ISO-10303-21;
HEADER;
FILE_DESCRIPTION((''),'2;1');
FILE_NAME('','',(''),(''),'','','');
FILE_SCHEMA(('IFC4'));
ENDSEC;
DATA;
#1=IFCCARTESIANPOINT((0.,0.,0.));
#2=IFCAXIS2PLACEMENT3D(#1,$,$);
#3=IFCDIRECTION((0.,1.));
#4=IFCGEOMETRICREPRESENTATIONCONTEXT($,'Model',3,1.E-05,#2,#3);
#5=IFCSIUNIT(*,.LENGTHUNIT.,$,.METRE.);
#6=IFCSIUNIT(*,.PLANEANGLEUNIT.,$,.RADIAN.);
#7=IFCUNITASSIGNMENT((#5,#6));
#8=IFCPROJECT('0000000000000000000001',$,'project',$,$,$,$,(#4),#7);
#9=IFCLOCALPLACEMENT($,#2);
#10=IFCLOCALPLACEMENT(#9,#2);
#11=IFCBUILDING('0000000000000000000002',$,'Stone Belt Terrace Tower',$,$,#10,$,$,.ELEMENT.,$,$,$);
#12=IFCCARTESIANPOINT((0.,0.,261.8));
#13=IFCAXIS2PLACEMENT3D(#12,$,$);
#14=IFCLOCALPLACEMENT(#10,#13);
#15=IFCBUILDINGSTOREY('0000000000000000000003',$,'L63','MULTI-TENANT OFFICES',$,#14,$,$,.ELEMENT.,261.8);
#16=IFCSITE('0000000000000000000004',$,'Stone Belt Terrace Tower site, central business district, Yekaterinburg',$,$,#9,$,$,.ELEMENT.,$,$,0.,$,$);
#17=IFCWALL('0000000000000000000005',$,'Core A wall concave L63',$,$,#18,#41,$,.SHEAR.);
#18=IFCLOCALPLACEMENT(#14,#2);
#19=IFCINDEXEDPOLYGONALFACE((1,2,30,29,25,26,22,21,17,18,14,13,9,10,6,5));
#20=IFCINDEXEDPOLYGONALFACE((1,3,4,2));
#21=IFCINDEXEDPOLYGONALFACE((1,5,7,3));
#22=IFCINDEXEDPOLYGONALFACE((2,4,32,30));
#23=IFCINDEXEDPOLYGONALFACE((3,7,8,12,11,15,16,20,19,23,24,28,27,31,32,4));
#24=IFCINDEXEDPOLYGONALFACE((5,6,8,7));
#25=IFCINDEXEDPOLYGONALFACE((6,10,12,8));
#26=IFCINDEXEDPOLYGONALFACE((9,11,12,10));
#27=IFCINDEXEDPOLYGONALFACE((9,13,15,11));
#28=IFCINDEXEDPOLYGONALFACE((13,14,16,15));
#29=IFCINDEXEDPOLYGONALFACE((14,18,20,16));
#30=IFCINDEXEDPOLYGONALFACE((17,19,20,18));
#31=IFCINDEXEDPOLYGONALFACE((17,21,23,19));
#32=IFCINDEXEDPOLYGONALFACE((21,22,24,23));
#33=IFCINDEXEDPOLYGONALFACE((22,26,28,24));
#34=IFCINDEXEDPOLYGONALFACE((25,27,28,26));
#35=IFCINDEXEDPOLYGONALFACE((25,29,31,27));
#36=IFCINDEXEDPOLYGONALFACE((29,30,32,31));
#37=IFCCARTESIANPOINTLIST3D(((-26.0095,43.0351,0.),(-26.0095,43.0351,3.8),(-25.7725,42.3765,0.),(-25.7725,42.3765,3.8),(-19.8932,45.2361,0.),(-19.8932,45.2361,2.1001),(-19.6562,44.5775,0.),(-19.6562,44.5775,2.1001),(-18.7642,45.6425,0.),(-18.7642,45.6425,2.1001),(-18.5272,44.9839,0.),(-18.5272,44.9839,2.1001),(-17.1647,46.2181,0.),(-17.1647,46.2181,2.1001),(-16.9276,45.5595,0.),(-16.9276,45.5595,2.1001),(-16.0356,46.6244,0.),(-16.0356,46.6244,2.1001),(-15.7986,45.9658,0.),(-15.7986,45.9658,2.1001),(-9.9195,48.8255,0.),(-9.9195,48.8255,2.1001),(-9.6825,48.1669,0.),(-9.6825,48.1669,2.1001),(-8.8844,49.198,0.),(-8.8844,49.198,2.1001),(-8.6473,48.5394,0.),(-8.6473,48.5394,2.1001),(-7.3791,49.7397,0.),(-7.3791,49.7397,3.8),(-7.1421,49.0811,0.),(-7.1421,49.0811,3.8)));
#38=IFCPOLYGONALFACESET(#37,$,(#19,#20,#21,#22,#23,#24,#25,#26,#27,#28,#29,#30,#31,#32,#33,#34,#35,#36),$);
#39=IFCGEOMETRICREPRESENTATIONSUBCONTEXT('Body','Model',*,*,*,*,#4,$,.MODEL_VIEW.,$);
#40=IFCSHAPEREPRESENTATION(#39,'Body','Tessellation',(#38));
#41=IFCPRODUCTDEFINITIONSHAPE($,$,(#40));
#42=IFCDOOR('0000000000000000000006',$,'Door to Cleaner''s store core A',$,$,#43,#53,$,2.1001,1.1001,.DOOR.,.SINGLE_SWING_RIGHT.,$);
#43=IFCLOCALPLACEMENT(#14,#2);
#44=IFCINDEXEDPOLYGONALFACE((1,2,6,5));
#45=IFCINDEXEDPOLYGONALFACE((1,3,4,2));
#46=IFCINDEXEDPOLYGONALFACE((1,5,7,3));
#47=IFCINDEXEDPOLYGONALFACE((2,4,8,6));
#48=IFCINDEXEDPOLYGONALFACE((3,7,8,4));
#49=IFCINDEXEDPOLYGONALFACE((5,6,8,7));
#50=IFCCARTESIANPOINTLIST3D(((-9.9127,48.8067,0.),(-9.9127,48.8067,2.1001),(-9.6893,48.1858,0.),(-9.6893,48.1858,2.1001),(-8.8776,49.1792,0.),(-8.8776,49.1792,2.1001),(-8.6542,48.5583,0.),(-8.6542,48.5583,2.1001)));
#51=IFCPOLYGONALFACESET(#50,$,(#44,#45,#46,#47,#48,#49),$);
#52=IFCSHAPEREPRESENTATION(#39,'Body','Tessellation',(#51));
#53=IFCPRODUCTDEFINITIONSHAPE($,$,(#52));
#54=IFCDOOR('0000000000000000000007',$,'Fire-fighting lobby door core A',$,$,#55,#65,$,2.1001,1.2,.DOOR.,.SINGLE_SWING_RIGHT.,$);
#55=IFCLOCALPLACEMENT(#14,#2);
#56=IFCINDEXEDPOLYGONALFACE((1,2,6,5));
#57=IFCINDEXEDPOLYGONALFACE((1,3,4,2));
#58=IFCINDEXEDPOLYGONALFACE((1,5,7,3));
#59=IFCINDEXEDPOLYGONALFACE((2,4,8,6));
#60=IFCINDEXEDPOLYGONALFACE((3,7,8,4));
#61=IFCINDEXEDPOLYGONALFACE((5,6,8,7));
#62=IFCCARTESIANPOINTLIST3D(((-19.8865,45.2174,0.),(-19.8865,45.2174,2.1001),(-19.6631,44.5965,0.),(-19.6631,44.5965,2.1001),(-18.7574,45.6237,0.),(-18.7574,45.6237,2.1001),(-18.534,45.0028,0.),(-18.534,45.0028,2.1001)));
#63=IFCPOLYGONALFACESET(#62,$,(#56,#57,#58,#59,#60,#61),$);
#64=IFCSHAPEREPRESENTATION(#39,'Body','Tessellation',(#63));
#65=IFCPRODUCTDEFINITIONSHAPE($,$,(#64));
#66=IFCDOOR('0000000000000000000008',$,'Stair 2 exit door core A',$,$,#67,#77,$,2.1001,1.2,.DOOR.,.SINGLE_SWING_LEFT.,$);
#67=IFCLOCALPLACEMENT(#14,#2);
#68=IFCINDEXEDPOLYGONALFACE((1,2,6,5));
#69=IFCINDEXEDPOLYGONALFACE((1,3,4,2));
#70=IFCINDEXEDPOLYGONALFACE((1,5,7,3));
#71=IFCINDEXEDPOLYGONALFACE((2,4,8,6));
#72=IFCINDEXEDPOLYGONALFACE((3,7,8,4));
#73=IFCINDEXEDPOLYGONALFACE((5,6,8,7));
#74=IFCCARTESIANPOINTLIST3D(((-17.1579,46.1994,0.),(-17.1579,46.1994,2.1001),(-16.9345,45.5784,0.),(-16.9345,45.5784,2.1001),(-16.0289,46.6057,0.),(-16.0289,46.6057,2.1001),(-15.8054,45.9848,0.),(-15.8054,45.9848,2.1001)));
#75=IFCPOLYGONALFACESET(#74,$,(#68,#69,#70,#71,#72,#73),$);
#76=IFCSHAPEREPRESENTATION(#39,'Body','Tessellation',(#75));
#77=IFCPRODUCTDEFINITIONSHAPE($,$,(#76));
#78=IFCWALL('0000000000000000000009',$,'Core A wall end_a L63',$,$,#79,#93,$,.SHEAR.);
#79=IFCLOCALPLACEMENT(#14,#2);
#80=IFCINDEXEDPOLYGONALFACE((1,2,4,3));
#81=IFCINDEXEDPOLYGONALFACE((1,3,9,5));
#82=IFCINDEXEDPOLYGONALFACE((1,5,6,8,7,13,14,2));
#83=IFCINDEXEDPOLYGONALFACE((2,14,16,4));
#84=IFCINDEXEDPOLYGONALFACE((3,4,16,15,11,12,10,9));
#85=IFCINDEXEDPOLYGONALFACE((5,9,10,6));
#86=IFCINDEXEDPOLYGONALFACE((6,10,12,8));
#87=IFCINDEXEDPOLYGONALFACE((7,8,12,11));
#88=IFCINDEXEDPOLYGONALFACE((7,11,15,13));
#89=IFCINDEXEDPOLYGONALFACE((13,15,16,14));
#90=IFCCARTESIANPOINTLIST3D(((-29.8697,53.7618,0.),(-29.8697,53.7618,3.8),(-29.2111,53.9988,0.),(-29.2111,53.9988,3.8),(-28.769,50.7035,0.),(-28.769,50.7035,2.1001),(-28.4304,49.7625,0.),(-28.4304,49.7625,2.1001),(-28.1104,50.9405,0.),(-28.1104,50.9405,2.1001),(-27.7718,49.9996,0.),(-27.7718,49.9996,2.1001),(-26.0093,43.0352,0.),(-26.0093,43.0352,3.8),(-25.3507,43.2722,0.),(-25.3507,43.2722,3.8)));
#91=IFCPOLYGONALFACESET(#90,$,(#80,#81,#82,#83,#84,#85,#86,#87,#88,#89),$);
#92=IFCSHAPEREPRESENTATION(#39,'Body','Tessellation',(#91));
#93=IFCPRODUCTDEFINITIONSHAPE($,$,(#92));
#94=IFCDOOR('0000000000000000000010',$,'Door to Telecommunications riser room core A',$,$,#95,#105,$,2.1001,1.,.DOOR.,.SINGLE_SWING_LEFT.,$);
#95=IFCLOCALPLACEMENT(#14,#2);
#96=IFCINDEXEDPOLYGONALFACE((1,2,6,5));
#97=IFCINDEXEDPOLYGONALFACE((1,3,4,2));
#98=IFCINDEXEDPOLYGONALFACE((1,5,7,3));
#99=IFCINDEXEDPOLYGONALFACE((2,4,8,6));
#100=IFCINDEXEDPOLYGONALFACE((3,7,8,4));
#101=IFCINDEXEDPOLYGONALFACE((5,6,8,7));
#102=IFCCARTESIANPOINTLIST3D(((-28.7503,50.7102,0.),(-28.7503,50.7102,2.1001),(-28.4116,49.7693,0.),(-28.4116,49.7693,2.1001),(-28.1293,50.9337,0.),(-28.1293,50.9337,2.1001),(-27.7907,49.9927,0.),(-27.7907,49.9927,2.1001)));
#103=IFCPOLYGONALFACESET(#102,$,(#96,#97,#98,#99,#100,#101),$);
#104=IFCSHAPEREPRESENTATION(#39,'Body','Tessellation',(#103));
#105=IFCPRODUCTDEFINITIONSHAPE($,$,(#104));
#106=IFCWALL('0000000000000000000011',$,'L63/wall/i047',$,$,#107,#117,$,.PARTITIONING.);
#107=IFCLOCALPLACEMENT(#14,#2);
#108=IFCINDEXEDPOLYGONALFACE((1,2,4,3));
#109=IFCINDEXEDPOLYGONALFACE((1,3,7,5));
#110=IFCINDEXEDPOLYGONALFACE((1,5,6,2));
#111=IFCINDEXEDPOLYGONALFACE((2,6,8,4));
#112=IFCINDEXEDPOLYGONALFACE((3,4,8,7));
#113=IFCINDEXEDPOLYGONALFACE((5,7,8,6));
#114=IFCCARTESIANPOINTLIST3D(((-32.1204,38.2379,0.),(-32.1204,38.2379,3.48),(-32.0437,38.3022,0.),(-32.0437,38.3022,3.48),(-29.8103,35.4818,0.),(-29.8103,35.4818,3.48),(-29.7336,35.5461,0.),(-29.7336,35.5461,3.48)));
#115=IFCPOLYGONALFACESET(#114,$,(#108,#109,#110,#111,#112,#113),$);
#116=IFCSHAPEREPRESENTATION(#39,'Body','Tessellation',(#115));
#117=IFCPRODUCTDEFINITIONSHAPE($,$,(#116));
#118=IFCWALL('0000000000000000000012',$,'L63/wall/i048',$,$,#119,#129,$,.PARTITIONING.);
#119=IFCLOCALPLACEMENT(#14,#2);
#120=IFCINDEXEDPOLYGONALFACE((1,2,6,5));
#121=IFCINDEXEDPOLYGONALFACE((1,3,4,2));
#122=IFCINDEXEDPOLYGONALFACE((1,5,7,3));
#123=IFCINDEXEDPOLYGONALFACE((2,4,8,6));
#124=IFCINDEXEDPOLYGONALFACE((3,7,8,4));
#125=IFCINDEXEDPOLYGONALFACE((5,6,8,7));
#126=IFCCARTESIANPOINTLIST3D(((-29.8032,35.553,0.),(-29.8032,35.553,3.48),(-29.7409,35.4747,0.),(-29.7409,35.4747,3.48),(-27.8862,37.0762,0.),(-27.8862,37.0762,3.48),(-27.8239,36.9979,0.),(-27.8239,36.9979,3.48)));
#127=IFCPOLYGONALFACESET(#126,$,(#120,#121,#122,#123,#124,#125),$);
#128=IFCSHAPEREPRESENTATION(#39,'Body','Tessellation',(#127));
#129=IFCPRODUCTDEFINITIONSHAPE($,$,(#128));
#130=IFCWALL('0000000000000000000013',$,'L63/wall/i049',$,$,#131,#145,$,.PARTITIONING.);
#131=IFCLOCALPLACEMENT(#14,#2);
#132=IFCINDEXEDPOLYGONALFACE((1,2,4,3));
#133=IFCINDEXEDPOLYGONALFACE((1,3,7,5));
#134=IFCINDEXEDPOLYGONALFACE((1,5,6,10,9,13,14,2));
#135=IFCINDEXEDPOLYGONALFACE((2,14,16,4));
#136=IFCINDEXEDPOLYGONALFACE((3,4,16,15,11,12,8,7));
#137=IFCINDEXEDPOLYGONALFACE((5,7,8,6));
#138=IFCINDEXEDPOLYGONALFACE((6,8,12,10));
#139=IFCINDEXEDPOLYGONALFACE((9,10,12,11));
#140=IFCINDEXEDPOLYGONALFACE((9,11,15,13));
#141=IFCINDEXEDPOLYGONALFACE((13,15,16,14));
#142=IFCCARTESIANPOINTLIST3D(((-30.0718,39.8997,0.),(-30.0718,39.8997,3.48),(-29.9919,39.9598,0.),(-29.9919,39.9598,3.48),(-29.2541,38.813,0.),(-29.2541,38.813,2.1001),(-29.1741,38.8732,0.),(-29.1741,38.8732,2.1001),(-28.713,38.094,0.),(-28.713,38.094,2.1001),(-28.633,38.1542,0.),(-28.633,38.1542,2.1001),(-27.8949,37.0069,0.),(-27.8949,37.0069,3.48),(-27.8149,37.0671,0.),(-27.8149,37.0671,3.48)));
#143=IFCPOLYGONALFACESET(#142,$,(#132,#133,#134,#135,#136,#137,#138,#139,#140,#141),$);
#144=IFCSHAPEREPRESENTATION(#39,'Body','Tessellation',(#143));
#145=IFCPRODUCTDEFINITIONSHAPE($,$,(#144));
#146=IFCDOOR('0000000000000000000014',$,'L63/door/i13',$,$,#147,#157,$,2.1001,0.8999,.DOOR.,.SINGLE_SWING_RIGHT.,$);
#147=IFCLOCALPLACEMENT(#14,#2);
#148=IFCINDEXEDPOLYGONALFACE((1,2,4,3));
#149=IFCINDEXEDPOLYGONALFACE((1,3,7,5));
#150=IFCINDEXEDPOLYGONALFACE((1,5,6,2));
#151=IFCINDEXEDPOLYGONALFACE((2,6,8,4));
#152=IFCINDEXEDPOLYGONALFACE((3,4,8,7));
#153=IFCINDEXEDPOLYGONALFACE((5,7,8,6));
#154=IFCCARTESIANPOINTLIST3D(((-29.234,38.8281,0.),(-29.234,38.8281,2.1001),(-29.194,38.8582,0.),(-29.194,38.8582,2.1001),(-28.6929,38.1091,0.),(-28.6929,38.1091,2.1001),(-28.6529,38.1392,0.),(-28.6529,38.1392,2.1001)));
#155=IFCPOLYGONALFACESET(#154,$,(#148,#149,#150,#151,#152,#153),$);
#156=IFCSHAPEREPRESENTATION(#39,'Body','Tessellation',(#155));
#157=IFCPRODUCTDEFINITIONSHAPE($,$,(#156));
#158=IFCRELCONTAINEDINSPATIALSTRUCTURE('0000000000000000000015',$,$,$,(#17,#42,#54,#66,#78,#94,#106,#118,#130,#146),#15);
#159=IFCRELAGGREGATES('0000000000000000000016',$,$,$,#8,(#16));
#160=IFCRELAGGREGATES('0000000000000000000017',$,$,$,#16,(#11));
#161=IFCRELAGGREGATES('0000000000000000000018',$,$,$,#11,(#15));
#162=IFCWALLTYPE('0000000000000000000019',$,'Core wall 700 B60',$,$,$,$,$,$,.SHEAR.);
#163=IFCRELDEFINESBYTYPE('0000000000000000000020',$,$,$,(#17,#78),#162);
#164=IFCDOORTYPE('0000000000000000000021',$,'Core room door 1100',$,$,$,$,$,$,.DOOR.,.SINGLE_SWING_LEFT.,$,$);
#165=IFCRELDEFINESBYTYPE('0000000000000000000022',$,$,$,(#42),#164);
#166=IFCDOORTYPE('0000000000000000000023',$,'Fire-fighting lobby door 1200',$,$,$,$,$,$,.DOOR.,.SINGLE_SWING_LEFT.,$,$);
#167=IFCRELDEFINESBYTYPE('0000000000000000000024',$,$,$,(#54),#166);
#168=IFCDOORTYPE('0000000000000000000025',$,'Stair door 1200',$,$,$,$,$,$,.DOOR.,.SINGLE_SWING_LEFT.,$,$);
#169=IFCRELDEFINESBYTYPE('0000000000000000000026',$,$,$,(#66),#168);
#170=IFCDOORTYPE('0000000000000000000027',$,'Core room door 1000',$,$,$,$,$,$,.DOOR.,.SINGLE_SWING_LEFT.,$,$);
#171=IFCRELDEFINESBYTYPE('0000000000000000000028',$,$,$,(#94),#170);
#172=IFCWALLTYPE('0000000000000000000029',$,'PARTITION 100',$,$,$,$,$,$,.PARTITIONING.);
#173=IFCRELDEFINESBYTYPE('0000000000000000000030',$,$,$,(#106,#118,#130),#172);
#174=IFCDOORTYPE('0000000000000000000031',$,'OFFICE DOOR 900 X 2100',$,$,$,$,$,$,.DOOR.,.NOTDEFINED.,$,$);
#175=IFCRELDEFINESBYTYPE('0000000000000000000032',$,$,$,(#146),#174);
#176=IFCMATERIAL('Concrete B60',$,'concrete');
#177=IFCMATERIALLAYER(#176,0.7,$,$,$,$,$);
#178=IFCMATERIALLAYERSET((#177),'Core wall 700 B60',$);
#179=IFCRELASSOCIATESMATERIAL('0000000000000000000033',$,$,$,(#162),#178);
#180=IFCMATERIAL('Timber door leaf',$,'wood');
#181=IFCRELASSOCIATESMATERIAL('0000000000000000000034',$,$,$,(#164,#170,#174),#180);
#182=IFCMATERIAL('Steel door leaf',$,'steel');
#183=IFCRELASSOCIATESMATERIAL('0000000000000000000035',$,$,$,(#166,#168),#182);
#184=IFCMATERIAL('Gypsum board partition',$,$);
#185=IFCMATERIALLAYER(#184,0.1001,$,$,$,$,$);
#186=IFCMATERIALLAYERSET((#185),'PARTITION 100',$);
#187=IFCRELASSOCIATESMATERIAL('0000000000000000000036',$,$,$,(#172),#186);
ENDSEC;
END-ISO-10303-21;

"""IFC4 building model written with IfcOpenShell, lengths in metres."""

from ifc_helpers import new_model, si_unit, direction, frame, frame_2d, origin, place, context, subcontext, project, spatial, rectangle, extrude, material, layer, layer_set, type_object, element, fill, save


model = new_model("IFC4")

# Units and contexts
model_context = context("Model", 3, precision=1e-05, world=origin(), true_north=direction((0.0, 1.0)))
body_context = subcontext(model_context, "Body", "Model", "MODEL_VIEW")
ifc_project = project(units=[si_unit("LENGTHUNIT", "METRE"), si_unit("PLANEANGLEUNIT", "RADIAN")], contexts=[model_context])

# Site, building, storey
site_placement = place(None, origin())
site = spatial("IfcSite", under=ifc_project, at=site_placement, Name="Stone Belt Terrace Tower site, central business district, Yekaterinburg", CompositionType="ELEMENT", RefElevation=0.0)
building_placement = place(site_placement, origin())
building = spatial("IfcBuilding", under=site, at=building_placement, Name="Stone Belt Terrace Tower", CompositionType="ELEMENT")
storey_placement = place(building_placement, frame((0.0, 0.0, 261.8)))
storey = spatial("IfcBuildingStorey", under=building, at=storey_placement, Name="L63", Description="MULTI-TENANT OFFICES", CompositionType="ELEMENT", Elevation=261.8)

# Shared definitions
ifc_material_1 = material(Name="Concrete B60", Category="concrete")

# Wall, openings, doors
ifc_layer_1 = layer(ifc_material_1, 0.7)
ifc_layer_set_1 = layer_set([ifc_layer_1], Name="Core wall 700 B60")
wall_type_1 = type_object("IfcWallType", Name="Core wall 700 B60", PredefinedType="SHEAR", material=ifc_layer_set_1)
wall_1_placement = place(storey_placement, frame((-25.8909, 42.7058, 0.0), z_axis=(0.0, 0.0, 1.0), x_axis=(0.940925, 0.338615, 0.0)))
wall_1 = element("IfcWall", 1, at=wall_1_placement, inside=storey, type_object=wall_type_1, Name="Core A wall concave L63", PredefinedType="SHEAR", context=body_context, shape_type="SweptSolid", body=[
    extrude(rectangle(XDim=19.8, YDim=0.7, at=frame_2d((9.8999, 0.0))), origin(), (0.0, 0.0, 1.0), 3.8),
])
opening_1_placement = place(wall_1_placement, frame((6.5, 0.0, 0.0)))
opening_1 = element("IfcOpeningElement", 2, at=opening_1_placement, cuts=wall_1, PredefinedType="OPENING", context=body_context, shape_type="SweptSolid", body=[
    extrude(rectangle(XDim=1.2, YDim=2.1001, at=frame_2d((0.6001, 1.05))), frame((0.0, 0.3599, 0.0), z_axis=(0.0, -1.0, 0.0), x_axis=(1.0, 0.0, 0.0)), (0.0, 0.0, 1.0), 0.72),
])
opening_2_placement = place(wall_1_placement, frame((9.3999, 0.0, 0.0)))
opening_2 = element("IfcOpeningElement", 3, at=opening_2_placement, cuts=wall_1, PredefinedType="OPENING", context=body_context, shape_type="SweptSolid", body=[
    extrude(rectangle(XDim=1.2, YDim=2.1001, at=frame_2d((0.6001, 1.05))), frame((0.0, 0.3599, 0.0), z_axis=(0.0, -1.0, 0.0), x_axis=(1.0, 0.0, 0.0)), (0.0, 0.0, 1.0), 0.72),
])
opening_3_placement = place(wall_1_placement, frame((17.1001, 0.0, 0.0)))
opening_3 = element("IfcOpeningElement", 4, at=opening_3_placement, cuts=wall_1, PredefinedType="OPENING", context=body_context, shape_type="SweptSolid", body=[
    extrude(rectangle(XDim=1.1001, YDim=2.1001, at=frame_2d((0.55, 1.05))), frame((0.0, 0.3599, 0.0), z_axis=(0.0, -1.0, 0.0), x_axis=(1.0, 0.0, 0.0)), (0.0, 0.0, 1.0), 0.72),
])
ifc_material_2 = material(Name="Timber door leaf", Category="wood")
door_type_1 = type_object("IfcDoorType", Name="Core room door 1100", OperationType="SINGLE_SWING_LEFT", PredefinedType="DOOR", material=ifc_material_2)
door_1_placement = place(opening_3_placement, origin())
door_1 = element("IfcDoor", 5, at=door_1_placement, inside=storey, type_object=door_type_1, Name="Door to Cleaner's store core A", OperationType="SINGLE_SWING_RIGHT", OverallHeight=2.1001, OverallWidth=1.1001, PredefinedType="DOOR", context=body_context, shape_type="SweptSolid", body=[
    extrude(rectangle(XDim=1.1001, YDim=2.1001, at=frame_2d((0.55, 1.05))), frame((0.0, 0.3301, 0.0), z_axis=(0.0, -1.0, 0.0), x_axis=(1.0, 0.0, 0.0)), (0.0, 0.0, 1.0), 0.6599),
])
fill(opening_3, door_1)
ifc_material_3 = material(Name="Steel door leaf", Category="steel")
door_type_2 = type_object("IfcDoorType", Name="Fire-fighting lobby door 1200", OperationType="SINGLE_SWING_LEFT", PredefinedType="DOOR", material=ifc_material_3)
door_2_placement = place(opening_1_placement, origin())
door_2 = element("IfcDoor", 6, at=door_2_placement, inside=storey, type_object=door_type_2, Name="Fire-fighting lobby door core A", OperationType="SINGLE_SWING_RIGHT", OverallHeight=2.1001, OverallWidth=1.2, PredefinedType="DOOR", context=body_context, shape_type="SweptSolid", body=[
    extrude(rectangle(XDim=1.2, YDim=2.1001, at=frame_2d((0.6001, 1.05))), frame((0.0, 0.3301, 0.0), z_axis=(0.0, -1.0, 0.0), x_axis=(1.0, 0.0, 0.0)), (0.0, 0.0, 1.0), 0.6599),
])
fill(opening_1, door_2)
door_type_3 = type_object("IfcDoorType", Name="Stair door 1200", OperationType="SINGLE_SWING_LEFT", PredefinedType="DOOR", material=ifc_material_3)
door_3_placement = place(opening_2_placement, origin())
door_3 = element("IfcDoor", 7, at=door_3_placement, inside=storey, type_object=door_type_3, Name="Stair 2 exit door core A", OperationType="SINGLE_SWING_LEFT", OverallHeight=2.1001, OverallWidth=1.2, PredefinedType="DOOR", context=body_context, shape_type="SweptSolid", body=[
    extrude(rectangle(XDim=1.2, YDim=2.1001, at=frame_2d((0.6001, 1.05))), frame((0.0, 0.3301, 0.0), z_axis=(0.0, -1.0, 0.0), x_axis=(1.0, 0.0, 0.0)), (0.0, 0.0, 1.0), 0.6599),
])
fill(opening_2, door_3)

# Wall, opening, door
wall_2_placement = place(storey_placement, frame((-25.6799, 43.1536, 0.0), z_axis=(0.0, 0.0, 1.0), x_axis=(-0.338625, 0.940921, 0.0)))
wall_2 = element("IfcWall", 8, at=wall_2_placement, inside=storey, type_object=wall_type_1, Name="Core A wall end_a L63", PredefinedType="SHEAR", context=body_context, shape_type="SweptSolid", body=[
    extrude(rectangle(XDim=11.4001, YDim=0.7, at=frame_2d((5.7002, 0.0))), origin(), (0.0, 0.0, 1.0), 3.8),
])
opening_4_placement = place(wall_2_placement, frame((7.1499, 0.0, 0.0)))
opening_4 = element("IfcOpeningElement", 9, at=opening_4_placement, cuts=wall_2, PredefinedType="OPENING", context=body_context, shape_type="SweptSolid", body=[
    extrude(rectangle(XDim=1.0, YDim=2.1001, at=frame_2d((0.5, 1.05))), frame((0.0, 0.3599, 0.0), z_axis=(0.0, -1.0, 0.0), x_axis=(1.0, 0.0, 0.0)), (0.0, 0.0, 1.0), 0.72),
])
door_type_4 = type_object("IfcDoorType", Name="Core room door 1000", OperationType="SINGLE_SWING_LEFT", PredefinedType="DOOR", material=ifc_material_2)
door_4_placement = place(opening_4_placement, origin())
door_4 = element("IfcDoor", 10, at=door_4_placement, inside=storey, type_object=door_type_4, Name="Door to Telecommunications riser room core A", OperationType="SINGLE_SWING_LEFT", OverallHeight=2.1001, OverallWidth=1.0, PredefinedType="DOOR", context=body_context, shape_type="SweptSolid", body=[
    extrude(rectangle(XDim=1.0, YDim=2.1001, at=frame_2d((0.5, 1.05))), frame((0.0, 0.3301, 0.0), z_axis=(0.0, -1.0, 0.0), x_axis=(1.0, 0.0, 0.0)), (0.0, 0.0, 1.0), 0.6599),
])
fill(opening_4, door_4)

# Walls
ifc_material_4 = material(Name="Gypsum board partition")
ifc_layer_2 = layer(ifc_material_4, 0.1001)
ifc_layer_set_2 = layer_set([ifc_layer_2], Name="PARTITION 100")
wall_type_2 = type_object("IfcWallType", Name="PARTITION 100", PredefinedType="PARTITIONING", material=ifc_layer_set_2)
wall_3_placement = place(storey_placement, frame((-32.082, 38.27, 0.0), z_axis=(0.0, 0.0, 1.0), x_axis=(0.642365, -0.766399, 0.0)))
element("IfcWall", 11, at=wall_3_placement, inside=storey, type_object=wall_type_2, Name="L63/wall/i047", PredefinedType="PARTITIONING", context=body_context, shape_type="SweptSolid", body=[
    extrude(rectangle(XDim=3.5962, YDim=0.1001, at=frame_2d((1.7981, 0.0))), origin(), (0.0, 0.0, 1.0), 3.48),
])
wall_4_placement = place(storey_placement, frame((-29.772, 35.5139, 0.0), z_axis=(0.0, 0.0, 1.0), x_axis=(0.782937, 0.622102, 0.0)))
element("IfcWall", 12, at=wall_4_placement, inside=storey, type_object=wall_type_2, Name="L63/wall/i048", PredefinedType="PARTITIONING", context=body_context, shape_type="SweptSolid", body=[
    extrude(rectangle(XDim=2.4485, YDim=0.1001, at=frame_2d((1.2241, 0.0))), origin(), (0.0, 0.0, 1.0), 3.48),
])

# Wall, opening, door
wall_5_placement = place(storey_placement, frame((-27.855, 37.0371, 0.0), z_axis=(0.0, 0.0, 1.0), x_axis=(-0.601305, 0.79902, 0.0)))
wall_5 = element("IfcWall", 13, at=wall_5_placement, inside=storey, type_object=wall_type_2, Name="L63/wall/i049", PredefinedType="PARTITIONING", context=body_context, shape_type="SweptSolid", body=[
    extrude(rectangle(XDim=3.6204, YDim=0.1001, at=frame_2d((1.8101, 0.0))), origin(), (0.0, 0.0, 1.0), 3.48),
])
opening_5_placement = place(wall_5_placement, frame((1.3604, 0.0, 0.0)))
opening_5 = element("IfcOpeningElement", 14, at=opening_5_placement, cuts=wall_5, PredefinedType="OPENING", context=body_context, shape_type="SweptSolid", body=[
    extrude(rectangle(XDim=0.8999, YDim=2.1001, at=frame_2d((0.45, 1.05))), frame((0.0, 0.0601, 0.0), z_axis=(0.0, -1.0, 0.0), x_axis=(1.0, 0.0, 0.0)), (0.0, 0.0, 1.0), 0.1201),
])
door_type_5 = type_object("IfcDoorType", Name="OFFICE DOOR 900 X 2100", OperationType="NOTDEFINED", PredefinedType="DOOR", material=ifc_material_2)
door_5_placement = place(opening_5_placement, origin())
door_5 = element("IfcDoor", 15, at=door_5_placement, inside=storey, type_object=door_type_5, Name="L63/door/i13", OperationType="SINGLE_SWING_RIGHT", OverallHeight=2.1001, OverallWidth=0.8999, PredefinedType="DOOR", context=body_context, shape_type="SweptSolid", body=[
    extrude(rectangle(XDim=0.8999, YDim=2.1001, at=frame_2d((0.45, 1.05))), frame((0.0, 0.0249, 0.0), z_axis=(0.0, -1.0, 0.0), x_axis=(1.0, 0.0, 0.0)), (0.0, 0.0, 1.0), 0.05),
])
fill(opening_5, door_5)

save(model, "model.ifc")
